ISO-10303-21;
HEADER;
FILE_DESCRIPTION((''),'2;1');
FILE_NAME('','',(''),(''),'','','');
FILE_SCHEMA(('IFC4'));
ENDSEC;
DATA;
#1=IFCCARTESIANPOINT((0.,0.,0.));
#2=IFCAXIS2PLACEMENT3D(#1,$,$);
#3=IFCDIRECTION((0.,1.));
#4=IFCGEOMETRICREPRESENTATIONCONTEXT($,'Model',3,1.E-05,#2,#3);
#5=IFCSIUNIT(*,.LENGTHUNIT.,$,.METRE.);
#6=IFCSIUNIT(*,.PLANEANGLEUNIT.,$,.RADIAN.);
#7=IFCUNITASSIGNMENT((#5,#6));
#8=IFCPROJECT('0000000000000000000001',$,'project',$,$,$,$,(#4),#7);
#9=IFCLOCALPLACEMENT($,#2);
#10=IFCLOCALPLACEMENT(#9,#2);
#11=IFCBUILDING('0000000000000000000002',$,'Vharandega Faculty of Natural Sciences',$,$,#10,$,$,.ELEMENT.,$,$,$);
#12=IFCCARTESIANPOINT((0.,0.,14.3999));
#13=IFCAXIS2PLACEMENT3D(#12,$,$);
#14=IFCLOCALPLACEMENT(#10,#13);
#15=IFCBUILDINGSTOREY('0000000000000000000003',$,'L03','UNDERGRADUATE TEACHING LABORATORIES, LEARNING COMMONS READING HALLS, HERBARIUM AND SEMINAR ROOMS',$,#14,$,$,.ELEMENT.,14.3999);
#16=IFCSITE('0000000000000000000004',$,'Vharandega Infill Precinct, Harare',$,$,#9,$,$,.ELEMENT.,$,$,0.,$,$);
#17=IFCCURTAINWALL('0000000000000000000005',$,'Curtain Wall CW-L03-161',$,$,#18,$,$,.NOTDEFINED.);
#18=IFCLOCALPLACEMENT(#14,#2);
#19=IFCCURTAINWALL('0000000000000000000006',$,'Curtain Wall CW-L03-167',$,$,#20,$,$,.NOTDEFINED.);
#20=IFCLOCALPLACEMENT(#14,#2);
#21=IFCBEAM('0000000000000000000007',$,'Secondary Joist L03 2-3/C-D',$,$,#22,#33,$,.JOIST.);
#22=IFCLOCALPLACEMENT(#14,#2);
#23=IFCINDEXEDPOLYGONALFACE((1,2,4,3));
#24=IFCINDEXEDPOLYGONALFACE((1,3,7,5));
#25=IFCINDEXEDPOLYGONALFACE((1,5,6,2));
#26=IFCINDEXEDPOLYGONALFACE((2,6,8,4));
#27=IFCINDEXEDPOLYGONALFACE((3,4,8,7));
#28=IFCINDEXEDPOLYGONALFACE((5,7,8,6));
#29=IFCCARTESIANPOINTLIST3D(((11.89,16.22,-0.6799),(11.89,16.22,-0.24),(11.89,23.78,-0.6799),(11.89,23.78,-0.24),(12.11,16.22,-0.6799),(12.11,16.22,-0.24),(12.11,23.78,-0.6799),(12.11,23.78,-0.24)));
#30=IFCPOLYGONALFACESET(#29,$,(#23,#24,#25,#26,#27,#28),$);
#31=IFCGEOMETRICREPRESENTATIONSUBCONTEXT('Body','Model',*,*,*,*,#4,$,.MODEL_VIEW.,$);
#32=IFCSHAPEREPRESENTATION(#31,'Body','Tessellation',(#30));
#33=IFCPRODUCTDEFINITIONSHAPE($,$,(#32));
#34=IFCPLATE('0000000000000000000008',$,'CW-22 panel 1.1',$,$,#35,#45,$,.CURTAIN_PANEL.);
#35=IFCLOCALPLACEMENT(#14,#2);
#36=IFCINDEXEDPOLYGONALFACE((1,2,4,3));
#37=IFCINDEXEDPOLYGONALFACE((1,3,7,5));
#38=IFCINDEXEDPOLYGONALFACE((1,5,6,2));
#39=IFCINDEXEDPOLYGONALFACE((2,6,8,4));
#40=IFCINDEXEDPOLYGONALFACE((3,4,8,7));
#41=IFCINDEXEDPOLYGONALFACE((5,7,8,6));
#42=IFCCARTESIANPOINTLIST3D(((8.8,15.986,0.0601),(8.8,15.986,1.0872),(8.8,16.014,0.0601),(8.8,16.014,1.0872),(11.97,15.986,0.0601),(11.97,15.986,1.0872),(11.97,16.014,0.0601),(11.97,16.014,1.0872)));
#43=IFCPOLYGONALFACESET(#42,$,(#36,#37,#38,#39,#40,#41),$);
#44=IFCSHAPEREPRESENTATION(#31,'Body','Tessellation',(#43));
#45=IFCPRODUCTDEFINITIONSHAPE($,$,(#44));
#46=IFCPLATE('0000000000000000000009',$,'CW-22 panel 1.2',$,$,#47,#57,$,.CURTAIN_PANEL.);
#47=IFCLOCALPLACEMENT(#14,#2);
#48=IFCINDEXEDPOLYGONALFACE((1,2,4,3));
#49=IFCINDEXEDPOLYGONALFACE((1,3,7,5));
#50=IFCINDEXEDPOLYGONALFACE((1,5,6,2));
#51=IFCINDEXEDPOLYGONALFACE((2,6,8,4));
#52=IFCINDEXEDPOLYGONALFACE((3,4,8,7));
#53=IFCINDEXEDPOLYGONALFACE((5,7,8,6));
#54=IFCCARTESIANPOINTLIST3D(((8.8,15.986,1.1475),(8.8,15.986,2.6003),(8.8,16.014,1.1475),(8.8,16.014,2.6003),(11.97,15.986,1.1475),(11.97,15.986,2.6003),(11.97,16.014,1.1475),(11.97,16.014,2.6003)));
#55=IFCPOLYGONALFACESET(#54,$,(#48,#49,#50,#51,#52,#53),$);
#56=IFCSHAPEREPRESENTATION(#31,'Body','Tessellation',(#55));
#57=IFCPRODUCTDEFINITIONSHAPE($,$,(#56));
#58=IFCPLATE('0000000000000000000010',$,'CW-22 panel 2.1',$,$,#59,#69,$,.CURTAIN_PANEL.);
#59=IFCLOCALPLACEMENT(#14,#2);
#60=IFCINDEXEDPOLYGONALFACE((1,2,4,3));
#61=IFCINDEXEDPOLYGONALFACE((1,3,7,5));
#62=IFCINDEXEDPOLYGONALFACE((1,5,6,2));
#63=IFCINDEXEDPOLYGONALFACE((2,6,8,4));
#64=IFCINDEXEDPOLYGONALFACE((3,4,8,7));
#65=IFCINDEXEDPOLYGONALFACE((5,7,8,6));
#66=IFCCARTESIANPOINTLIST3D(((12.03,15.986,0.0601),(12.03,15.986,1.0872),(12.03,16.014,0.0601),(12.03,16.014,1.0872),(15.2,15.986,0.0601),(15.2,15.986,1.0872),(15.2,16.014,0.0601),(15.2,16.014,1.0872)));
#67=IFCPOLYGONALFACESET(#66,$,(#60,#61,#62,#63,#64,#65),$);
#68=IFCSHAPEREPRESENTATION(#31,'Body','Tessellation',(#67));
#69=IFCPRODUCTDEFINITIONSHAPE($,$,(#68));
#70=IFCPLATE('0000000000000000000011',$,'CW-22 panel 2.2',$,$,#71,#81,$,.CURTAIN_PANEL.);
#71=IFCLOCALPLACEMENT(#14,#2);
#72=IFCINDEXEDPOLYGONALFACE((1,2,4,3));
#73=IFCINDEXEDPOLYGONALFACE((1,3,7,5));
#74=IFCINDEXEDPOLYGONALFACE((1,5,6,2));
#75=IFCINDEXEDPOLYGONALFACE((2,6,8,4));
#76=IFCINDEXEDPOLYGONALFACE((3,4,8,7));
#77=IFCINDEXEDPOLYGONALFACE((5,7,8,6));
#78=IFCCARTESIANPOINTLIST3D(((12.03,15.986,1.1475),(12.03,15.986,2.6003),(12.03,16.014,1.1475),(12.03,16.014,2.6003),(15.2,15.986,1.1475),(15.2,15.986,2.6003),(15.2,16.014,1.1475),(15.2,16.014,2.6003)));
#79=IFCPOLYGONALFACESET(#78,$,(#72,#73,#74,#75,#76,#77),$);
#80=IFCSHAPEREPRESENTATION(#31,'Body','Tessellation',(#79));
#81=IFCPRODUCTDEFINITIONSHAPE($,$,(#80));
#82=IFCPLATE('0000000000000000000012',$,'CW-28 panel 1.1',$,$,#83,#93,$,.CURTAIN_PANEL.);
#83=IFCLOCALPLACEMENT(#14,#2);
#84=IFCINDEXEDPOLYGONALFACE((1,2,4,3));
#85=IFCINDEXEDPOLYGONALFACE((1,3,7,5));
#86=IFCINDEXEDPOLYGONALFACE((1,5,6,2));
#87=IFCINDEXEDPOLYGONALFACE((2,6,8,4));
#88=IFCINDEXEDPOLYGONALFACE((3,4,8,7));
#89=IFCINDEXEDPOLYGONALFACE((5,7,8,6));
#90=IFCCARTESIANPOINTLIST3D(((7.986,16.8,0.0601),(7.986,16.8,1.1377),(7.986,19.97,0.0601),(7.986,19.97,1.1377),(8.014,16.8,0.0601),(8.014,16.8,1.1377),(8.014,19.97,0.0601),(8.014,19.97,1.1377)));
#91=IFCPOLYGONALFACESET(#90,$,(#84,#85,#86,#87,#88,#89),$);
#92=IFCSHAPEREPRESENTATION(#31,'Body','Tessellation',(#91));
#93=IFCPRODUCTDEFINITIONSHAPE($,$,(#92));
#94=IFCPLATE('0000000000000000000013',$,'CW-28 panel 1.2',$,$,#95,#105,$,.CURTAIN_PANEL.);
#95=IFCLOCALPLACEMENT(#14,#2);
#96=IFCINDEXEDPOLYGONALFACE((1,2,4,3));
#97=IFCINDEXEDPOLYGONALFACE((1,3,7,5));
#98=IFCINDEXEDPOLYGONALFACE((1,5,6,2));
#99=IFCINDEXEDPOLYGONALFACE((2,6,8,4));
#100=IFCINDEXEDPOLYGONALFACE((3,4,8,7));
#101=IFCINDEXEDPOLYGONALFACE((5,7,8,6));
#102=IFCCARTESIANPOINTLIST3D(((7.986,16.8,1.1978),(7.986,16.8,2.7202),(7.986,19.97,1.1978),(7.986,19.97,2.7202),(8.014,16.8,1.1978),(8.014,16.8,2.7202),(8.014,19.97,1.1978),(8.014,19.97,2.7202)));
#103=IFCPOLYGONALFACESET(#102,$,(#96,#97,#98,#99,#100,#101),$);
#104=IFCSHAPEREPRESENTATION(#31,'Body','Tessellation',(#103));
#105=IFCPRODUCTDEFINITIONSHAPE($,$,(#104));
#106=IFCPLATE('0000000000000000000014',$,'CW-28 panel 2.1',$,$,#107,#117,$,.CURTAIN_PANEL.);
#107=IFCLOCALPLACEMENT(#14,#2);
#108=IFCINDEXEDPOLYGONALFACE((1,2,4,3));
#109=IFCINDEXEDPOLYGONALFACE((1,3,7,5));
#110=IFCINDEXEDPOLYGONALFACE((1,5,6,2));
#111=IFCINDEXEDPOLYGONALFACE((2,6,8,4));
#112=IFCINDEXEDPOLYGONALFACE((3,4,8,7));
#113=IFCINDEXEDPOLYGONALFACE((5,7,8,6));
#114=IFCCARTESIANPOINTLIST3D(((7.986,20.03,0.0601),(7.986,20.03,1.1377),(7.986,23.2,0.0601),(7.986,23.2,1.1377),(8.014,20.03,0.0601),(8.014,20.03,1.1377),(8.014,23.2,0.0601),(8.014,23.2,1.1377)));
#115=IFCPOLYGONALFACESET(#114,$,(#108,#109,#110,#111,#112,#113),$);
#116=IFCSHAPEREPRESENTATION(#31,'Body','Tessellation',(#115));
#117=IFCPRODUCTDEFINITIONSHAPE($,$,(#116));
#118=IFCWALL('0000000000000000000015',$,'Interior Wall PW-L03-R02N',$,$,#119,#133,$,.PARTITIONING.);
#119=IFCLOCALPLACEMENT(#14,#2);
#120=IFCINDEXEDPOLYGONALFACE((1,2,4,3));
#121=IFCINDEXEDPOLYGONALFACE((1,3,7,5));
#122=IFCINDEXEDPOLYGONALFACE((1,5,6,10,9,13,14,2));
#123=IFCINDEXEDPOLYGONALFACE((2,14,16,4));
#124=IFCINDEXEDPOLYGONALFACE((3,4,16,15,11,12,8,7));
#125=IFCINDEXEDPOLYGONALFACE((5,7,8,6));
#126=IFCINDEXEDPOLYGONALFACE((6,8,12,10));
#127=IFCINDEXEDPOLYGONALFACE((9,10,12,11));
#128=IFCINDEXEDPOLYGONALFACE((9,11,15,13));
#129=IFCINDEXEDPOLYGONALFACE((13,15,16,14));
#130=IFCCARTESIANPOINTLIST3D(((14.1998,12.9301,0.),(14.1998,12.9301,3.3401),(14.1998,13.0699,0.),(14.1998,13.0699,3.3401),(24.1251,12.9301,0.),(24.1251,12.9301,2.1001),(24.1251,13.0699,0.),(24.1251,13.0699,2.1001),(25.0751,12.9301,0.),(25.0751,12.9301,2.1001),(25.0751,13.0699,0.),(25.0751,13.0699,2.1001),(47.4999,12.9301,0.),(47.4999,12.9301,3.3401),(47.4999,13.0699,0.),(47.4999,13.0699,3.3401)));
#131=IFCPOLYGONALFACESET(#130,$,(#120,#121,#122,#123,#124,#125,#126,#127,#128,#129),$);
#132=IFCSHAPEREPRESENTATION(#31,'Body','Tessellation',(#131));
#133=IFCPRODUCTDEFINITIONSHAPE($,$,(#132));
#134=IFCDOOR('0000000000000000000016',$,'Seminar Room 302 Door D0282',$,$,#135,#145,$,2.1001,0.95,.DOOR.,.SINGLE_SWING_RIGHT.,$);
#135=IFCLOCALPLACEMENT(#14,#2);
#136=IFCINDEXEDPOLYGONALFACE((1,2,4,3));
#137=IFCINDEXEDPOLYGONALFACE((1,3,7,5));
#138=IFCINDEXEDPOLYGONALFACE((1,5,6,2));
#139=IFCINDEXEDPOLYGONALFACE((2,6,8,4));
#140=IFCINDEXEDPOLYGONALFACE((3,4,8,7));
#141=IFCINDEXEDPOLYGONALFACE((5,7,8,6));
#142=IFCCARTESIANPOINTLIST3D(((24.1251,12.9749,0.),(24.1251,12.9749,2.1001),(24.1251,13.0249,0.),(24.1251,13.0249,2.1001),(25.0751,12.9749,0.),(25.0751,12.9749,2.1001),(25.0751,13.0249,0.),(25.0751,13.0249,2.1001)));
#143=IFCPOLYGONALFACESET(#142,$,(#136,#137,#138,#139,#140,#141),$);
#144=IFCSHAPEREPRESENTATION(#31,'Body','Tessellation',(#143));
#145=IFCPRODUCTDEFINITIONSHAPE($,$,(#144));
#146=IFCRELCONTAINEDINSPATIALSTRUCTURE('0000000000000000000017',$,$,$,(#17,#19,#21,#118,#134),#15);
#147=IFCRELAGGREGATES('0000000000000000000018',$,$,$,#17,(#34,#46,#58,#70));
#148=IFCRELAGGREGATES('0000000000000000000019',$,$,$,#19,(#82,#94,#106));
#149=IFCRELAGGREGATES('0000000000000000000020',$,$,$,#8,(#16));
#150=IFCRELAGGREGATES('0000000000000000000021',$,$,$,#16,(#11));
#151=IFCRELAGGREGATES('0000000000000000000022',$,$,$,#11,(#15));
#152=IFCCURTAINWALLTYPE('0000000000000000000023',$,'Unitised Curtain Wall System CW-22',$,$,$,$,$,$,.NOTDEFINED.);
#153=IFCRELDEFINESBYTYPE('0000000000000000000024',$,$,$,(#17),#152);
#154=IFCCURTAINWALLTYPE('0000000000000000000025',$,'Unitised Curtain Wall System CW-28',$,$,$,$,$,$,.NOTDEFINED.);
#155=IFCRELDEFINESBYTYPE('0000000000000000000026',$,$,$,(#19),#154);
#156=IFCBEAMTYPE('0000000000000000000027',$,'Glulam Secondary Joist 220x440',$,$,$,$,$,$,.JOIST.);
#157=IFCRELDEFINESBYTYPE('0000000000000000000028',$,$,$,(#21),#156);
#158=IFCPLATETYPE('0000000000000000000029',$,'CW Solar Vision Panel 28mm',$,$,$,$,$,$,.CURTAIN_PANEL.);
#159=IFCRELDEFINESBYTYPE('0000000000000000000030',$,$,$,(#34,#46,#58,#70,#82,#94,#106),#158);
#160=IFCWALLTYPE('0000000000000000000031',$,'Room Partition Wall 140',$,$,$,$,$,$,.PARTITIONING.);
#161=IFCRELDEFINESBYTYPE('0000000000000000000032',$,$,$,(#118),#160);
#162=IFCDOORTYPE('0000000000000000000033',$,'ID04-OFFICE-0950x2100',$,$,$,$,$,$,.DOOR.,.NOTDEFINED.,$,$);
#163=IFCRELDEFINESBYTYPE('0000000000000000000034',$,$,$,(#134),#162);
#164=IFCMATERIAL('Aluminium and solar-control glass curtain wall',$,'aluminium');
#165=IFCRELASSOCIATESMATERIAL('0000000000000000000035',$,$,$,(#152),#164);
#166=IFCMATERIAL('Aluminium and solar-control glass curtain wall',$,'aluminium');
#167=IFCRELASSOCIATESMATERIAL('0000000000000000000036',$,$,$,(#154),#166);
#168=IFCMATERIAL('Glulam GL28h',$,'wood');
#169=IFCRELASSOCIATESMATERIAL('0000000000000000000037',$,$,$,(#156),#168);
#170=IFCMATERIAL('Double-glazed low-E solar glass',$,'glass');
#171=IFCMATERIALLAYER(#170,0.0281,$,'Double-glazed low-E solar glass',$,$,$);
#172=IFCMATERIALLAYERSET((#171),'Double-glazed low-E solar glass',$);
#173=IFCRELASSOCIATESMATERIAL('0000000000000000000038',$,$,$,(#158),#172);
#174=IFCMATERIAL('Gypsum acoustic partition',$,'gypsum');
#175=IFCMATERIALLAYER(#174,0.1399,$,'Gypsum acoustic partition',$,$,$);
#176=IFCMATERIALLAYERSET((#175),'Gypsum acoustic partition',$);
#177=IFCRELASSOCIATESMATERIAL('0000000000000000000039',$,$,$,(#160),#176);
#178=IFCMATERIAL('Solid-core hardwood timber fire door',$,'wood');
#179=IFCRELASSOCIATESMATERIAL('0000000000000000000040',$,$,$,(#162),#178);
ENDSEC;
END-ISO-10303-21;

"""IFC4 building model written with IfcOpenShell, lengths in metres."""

from ifc_helpers import new_model, si_unit, direction, frame, frame_2d, origin, origin_2d, place, context, subcontext, project, spatial, rectangle, extrude, material, layer, layer_set, material_profile, profile_set, type_object, element, fill, aggregate, save


model = new_model("IFC4")

# Units and contexts
model_context = context("Model", 3, precision=1e-05, world=origin(), true_north=direction((0.0, 1.0)))
body_context = subcontext(model_context, "Body", "Model", "MODEL_VIEW")
ifc_project = project(units=[si_unit("LENGTHUNIT", "METRE"), si_unit("PLANEANGLEUNIT", "RADIAN")], contexts=[model_context])

# Site, building, storey
site_placement = place(None, origin())
site = spatial("IfcSite", under=ifc_project, at=site_placement, Name="Vharandega Infill Precinct, Harare", CompositionType="ELEMENT", RefElevation=0.0)
building_placement = place(site_placement, origin())
building = spatial("IfcBuilding", under=site, at=building_placement, Name="Vharandega Faculty of Natural Sciences", CompositionType="ELEMENT")
storey_placement = place(building_placement, frame((0.0, 0.0, 14.3999)))
storey = spatial("IfcBuildingStorey", under=building, at=storey_placement, Name="L03", Description="UNDERGRADUATE TEACHING LABORATORIES, LEARNING COMMONS READING HALLS, HERBARIUM AND SEMINAR ROOMS", CompositionType="ELEMENT", Elevation=14.3999)

# Curtain wall
ifc_material_1 = material(Name="Aluminium and solar-control glass curtain wall", Category="aluminium")
curtain_wall_type_1 = type_object("IfcCurtainWallType", Name="Unitised Curtain Wall System CW-22", PredefinedType="NOTDEFINED", material=ifc_material_1)
curtain_wall_1_placement = place(storey_placement, origin())
curtain_wall_1 = element("IfcCurtainWall", 1, at=curtain_wall_1_placement, inside=storey, type_object=curtain_wall_type_1, Name="Curtain Wall CW-L03-161", PredefinedType="NOTDEFINED")

# Curtain wall
ifc_material_2 = material(Name="Aluminium and solar-control glass curtain wall", Category="aluminium")
curtain_wall_type_2 = type_object("IfcCurtainWallType", Name="Unitised Curtain Wall System CW-28", PredefinedType="NOTDEFINED", material=ifc_material_2)
curtain_wall_2_placement = place(storey_placement, origin())
curtain_wall_2 = element("IfcCurtainWall", 2, at=curtain_wall_2_placement, inside=storey, type_object=curtain_wall_type_2, Name="Curtain Wall CW-L03-167", PredefinedType="NOTDEFINED")

# Beam
ifc_material_3 = material(Name="Glulam GL28h", Category="wood")
ifc_material_profile_1 = material_profile(ifc_material_3, rectangle(XDim=0.22, YDim=0.4399, at=origin_2d()), Name="GL28h 220x440")
ifc_profile_set_1 = profile_set([ifc_material_profile_1], Name="Glulam GL28h")
beam_type = type_object("IfcBeamType", Name="Glulam Secondary Joist 220x440", PredefinedType="JOIST", material=ifc_profile_set_1)
beam_placement = place(storey_placement, frame((12.0, 16.22, -0.46), z_axis=(0.0, 1.0, 0.0), x_axis=(-1.0, 0.0, 0.0)))
element("IfcBeam", 3, at=beam_placement, inside=storey, type_object=beam_type, Name="Secondary Joist L03 2-3/C-D", PredefinedType="JOIST", context=body_context, shape_type="SweptSolid", body=[
    extrude(rectangle(XDim=0.22, YDim=0.4399, at=origin_2d()), origin(), (0.0, 0.0, 1.0), 7.5601),
])

# Plates
ifc_material_4 = material(Name="Double-glazed low-E solar glass", Category="glass")
ifc_layer_1 = layer(ifc_material_4, 0.0281, Name="Double-glazed low-E solar glass")
ifc_layer_set_1 = layer_set([ifc_layer_1], Name="Double-glazed low-E solar glass")
plate_type = type_object("IfcPlateType", Name="CW Solar Vision Panel 28mm", PredefinedType="CURTAIN_PANEL", material=ifc_layer_set_1)
plate_1_placement = place(storey_placement, frame((10.385, 16.0, 0.0601), z_axis=(0.0, 0.0, 1.0), x_axis=(1.0, 0.0, 0.0)))
plate_1 = element("IfcPlate", 4, at=plate_1_placement, type_object=plate_type, Name="CW-22 panel 1.1", PredefinedType="CURTAIN_PANEL", context=body_context, shape_type="SweptSolid", body=[
    extrude(rectangle(XDim=3.1699, YDim=0.0281, at=origin_2d()), origin(), (0.0, 0.0, 1.0), 1.0271),
])
plate_2_placement = place(storey_placement, frame((10.385, 16.0, 1.1475), z_axis=(0.0, 0.0, 1.0), x_axis=(1.0, 0.0, 0.0)))
plate_2 = element("IfcPlate", 5, at=plate_2_placement, type_object=plate_type, Name="CW-22 panel 1.2", PredefinedType="CURTAIN_PANEL", context=body_context, shape_type="SweptSolid", body=[
    extrude(rectangle(XDim=3.1699, YDim=0.0281, at=origin_2d()), origin(), (0.0, 0.0, 1.0), 1.4529),
])
plate_3_placement = place(storey_placement, frame((13.615, 16.0, 0.0601), z_axis=(0.0, 0.0, 1.0), x_axis=(1.0, 0.0, 0.0)))
plate_3 = element("IfcPlate", 6, at=plate_3_placement, type_object=plate_type, Name="CW-22 panel 2.1", PredefinedType="CURTAIN_PANEL", context=body_context, shape_type="SweptSolid", body=[
    extrude(rectangle(XDim=3.1699, YDim=0.0281, at=origin_2d()), origin(), (0.0, 0.0, 1.0), 1.0271),
])
plate_4_placement = place(storey_placement, frame((13.615, 16.0, 1.1475), z_axis=(0.0, 0.0, 1.0), x_axis=(1.0, 0.0, 0.0)))
plate_4 = element("IfcPlate", 7, at=plate_4_placement, type_object=plate_type, Name="CW-22 panel 2.2", PredefinedType="CURTAIN_PANEL", context=body_context, shape_type="SweptSolid", body=[
    extrude(rectangle(XDim=3.1699, YDim=0.0281, at=origin_2d()), origin(), (0.0, 0.0, 1.0), 1.4529),
])
aggregate(curtain_wall_1, [plate_1, plate_2, plate_3, plate_4])
plate_5_placement = place(storey_placement, frame((8.0, 18.385, 0.0601), z_axis=(0.0, 0.0, 1.0), x_axis=(0.0, 1.0, 0.0)))
plate_5 = element("IfcPlate", 8, at=plate_5_placement, type_object=plate_type, Name="CW-28 panel 1.1", PredefinedType="CURTAIN_PANEL", context=body_context, shape_type="SweptSolid", body=[
    extrude(rectangle(XDim=3.1699, YDim=0.0281, at=origin_2d()), origin(), (0.0, 0.0, 1.0), 1.0776),
])
plate_6_placement = place(storey_placement, frame((8.0, 18.385, 1.1978), z_axis=(0.0, 0.0, 1.0), x_axis=(0.0, 1.0, 0.0)))
plate_6 = element("IfcPlate", 9, at=plate_6_placement, type_object=plate_type, Name="CW-28 panel 1.2", PredefinedType="CURTAIN_PANEL", context=body_context, shape_type="SweptSolid", body=[
    extrude(rectangle(XDim=3.1699, YDim=0.0281, at=origin_2d()), origin(), (0.0, 0.0, 1.0), 1.5225),
])
plate_7_placement = place(storey_placement, frame((8.0, 21.615, 0.0601), z_axis=(0.0, 0.0, 1.0), x_axis=(0.0, 1.0, 0.0)))
plate_7 = element("IfcPlate", 10, at=plate_7_placement, type_object=plate_type, Name="CW-28 panel 2.1", PredefinedType="CURTAIN_PANEL", context=body_context, shape_type="SweptSolid", body=[
    extrude(rectangle(XDim=3.1699, YDim=0.0281, at=origin_2d()), origin(), (0.0, 0.0, 1.0), 1.0776),
])
aggregate(curtain_wall_2, [plate_5, plate_6, plate_7])

# Wall, opening, door
ifc_material_5 = material(Name="Gypsum acoustic partition", Category="gypsum")
ifc_layer_2 = layer(ifc_material_5, 0.1399, Name="Gypsum acoustic partition")
ifc_layer_set_2 = layer_set([ifc_layer_2], Name="Gypsum acoustic partition")
wall_type = type_object("IfcWallType", Name="Room Partition Wall 140", PredefinedType="PARTITIONING", material=ifc_layer_set_2)
wall_placement = place(storey_placement, frame((14.2, 13.0, 0.0), z_axis=(0.0, 0.0, 1.0), x_axis=(1.0, 0.0, 0.0)))
wall = element("IfcWall", 11, at=wall_placement, inside=storey, type_object=wall_type, Name="Interior Wall PW-L03-R02N", PredefinedType="PARTITIONING", context=body_context, shape_type="SweptSolid", body=[
    extrude(rectangle(XDim=33.3, YDim=0.1399, at=frame_2d((16.6499, 0.0))), origin(), (0.0, 0.0, 1.0), 3.3401),
])
opening_placement = place(wall_placement, frame((9.925, 0.0, 0.0)))
opening = element("IfcOpeningElement", 12, at=opening_placement, cuts=wall, PredefinedType="OPENING", context=body_context, shape_type="SweptSolid", body=[
    extrude(rectangle(XDim=0.95, YDim=2.1001, at=frame_2d((0.4751, 1.05))), frame((0.0, 0.0801, 0.0), z_axis=(0.0, -1.0, 0.0), x_axis=(1.0, 0.0, 0.0)), (0.0, 0.0, 1.0), 0.1599),
])
ifc_material_6 = material(Name="Solid-core hardwood timber fire door", Category="wood")
door_type = type_object("IfcDoorType", Name="ID04-OFFICE-0950x2100", OperationType="NOTDEFINED", PredefinedType="DOOR", material=ifc_material_6)
door_placement = place(opening_placement, origin())
door = element("IfcDoor", 13, at=door_placement, inside=storey, type_object=door_type, Name="Seminar Room 302 Door D0282", OperationType="SINGLE_SWING_RIGHT", OverallHeight=2.1001, OverallWidth=0.95, PredefinedType="DOOR", context=body_context, shape_type="SweptSolid", body=[
    extrude(rectangle(XDim=0.95, YDim=2.1001, at=frame_2d((0.4751, 1.05))), frame((0.0, 0.0249, 0.0), z_axis=(0.0, -1.0, 0.0), x_axis=(1.0, 0.0, 0.0)), (0.0, 0.0, 1.0), 0.05),
])
fill(opening, door)

save(model, "model.ifc")
